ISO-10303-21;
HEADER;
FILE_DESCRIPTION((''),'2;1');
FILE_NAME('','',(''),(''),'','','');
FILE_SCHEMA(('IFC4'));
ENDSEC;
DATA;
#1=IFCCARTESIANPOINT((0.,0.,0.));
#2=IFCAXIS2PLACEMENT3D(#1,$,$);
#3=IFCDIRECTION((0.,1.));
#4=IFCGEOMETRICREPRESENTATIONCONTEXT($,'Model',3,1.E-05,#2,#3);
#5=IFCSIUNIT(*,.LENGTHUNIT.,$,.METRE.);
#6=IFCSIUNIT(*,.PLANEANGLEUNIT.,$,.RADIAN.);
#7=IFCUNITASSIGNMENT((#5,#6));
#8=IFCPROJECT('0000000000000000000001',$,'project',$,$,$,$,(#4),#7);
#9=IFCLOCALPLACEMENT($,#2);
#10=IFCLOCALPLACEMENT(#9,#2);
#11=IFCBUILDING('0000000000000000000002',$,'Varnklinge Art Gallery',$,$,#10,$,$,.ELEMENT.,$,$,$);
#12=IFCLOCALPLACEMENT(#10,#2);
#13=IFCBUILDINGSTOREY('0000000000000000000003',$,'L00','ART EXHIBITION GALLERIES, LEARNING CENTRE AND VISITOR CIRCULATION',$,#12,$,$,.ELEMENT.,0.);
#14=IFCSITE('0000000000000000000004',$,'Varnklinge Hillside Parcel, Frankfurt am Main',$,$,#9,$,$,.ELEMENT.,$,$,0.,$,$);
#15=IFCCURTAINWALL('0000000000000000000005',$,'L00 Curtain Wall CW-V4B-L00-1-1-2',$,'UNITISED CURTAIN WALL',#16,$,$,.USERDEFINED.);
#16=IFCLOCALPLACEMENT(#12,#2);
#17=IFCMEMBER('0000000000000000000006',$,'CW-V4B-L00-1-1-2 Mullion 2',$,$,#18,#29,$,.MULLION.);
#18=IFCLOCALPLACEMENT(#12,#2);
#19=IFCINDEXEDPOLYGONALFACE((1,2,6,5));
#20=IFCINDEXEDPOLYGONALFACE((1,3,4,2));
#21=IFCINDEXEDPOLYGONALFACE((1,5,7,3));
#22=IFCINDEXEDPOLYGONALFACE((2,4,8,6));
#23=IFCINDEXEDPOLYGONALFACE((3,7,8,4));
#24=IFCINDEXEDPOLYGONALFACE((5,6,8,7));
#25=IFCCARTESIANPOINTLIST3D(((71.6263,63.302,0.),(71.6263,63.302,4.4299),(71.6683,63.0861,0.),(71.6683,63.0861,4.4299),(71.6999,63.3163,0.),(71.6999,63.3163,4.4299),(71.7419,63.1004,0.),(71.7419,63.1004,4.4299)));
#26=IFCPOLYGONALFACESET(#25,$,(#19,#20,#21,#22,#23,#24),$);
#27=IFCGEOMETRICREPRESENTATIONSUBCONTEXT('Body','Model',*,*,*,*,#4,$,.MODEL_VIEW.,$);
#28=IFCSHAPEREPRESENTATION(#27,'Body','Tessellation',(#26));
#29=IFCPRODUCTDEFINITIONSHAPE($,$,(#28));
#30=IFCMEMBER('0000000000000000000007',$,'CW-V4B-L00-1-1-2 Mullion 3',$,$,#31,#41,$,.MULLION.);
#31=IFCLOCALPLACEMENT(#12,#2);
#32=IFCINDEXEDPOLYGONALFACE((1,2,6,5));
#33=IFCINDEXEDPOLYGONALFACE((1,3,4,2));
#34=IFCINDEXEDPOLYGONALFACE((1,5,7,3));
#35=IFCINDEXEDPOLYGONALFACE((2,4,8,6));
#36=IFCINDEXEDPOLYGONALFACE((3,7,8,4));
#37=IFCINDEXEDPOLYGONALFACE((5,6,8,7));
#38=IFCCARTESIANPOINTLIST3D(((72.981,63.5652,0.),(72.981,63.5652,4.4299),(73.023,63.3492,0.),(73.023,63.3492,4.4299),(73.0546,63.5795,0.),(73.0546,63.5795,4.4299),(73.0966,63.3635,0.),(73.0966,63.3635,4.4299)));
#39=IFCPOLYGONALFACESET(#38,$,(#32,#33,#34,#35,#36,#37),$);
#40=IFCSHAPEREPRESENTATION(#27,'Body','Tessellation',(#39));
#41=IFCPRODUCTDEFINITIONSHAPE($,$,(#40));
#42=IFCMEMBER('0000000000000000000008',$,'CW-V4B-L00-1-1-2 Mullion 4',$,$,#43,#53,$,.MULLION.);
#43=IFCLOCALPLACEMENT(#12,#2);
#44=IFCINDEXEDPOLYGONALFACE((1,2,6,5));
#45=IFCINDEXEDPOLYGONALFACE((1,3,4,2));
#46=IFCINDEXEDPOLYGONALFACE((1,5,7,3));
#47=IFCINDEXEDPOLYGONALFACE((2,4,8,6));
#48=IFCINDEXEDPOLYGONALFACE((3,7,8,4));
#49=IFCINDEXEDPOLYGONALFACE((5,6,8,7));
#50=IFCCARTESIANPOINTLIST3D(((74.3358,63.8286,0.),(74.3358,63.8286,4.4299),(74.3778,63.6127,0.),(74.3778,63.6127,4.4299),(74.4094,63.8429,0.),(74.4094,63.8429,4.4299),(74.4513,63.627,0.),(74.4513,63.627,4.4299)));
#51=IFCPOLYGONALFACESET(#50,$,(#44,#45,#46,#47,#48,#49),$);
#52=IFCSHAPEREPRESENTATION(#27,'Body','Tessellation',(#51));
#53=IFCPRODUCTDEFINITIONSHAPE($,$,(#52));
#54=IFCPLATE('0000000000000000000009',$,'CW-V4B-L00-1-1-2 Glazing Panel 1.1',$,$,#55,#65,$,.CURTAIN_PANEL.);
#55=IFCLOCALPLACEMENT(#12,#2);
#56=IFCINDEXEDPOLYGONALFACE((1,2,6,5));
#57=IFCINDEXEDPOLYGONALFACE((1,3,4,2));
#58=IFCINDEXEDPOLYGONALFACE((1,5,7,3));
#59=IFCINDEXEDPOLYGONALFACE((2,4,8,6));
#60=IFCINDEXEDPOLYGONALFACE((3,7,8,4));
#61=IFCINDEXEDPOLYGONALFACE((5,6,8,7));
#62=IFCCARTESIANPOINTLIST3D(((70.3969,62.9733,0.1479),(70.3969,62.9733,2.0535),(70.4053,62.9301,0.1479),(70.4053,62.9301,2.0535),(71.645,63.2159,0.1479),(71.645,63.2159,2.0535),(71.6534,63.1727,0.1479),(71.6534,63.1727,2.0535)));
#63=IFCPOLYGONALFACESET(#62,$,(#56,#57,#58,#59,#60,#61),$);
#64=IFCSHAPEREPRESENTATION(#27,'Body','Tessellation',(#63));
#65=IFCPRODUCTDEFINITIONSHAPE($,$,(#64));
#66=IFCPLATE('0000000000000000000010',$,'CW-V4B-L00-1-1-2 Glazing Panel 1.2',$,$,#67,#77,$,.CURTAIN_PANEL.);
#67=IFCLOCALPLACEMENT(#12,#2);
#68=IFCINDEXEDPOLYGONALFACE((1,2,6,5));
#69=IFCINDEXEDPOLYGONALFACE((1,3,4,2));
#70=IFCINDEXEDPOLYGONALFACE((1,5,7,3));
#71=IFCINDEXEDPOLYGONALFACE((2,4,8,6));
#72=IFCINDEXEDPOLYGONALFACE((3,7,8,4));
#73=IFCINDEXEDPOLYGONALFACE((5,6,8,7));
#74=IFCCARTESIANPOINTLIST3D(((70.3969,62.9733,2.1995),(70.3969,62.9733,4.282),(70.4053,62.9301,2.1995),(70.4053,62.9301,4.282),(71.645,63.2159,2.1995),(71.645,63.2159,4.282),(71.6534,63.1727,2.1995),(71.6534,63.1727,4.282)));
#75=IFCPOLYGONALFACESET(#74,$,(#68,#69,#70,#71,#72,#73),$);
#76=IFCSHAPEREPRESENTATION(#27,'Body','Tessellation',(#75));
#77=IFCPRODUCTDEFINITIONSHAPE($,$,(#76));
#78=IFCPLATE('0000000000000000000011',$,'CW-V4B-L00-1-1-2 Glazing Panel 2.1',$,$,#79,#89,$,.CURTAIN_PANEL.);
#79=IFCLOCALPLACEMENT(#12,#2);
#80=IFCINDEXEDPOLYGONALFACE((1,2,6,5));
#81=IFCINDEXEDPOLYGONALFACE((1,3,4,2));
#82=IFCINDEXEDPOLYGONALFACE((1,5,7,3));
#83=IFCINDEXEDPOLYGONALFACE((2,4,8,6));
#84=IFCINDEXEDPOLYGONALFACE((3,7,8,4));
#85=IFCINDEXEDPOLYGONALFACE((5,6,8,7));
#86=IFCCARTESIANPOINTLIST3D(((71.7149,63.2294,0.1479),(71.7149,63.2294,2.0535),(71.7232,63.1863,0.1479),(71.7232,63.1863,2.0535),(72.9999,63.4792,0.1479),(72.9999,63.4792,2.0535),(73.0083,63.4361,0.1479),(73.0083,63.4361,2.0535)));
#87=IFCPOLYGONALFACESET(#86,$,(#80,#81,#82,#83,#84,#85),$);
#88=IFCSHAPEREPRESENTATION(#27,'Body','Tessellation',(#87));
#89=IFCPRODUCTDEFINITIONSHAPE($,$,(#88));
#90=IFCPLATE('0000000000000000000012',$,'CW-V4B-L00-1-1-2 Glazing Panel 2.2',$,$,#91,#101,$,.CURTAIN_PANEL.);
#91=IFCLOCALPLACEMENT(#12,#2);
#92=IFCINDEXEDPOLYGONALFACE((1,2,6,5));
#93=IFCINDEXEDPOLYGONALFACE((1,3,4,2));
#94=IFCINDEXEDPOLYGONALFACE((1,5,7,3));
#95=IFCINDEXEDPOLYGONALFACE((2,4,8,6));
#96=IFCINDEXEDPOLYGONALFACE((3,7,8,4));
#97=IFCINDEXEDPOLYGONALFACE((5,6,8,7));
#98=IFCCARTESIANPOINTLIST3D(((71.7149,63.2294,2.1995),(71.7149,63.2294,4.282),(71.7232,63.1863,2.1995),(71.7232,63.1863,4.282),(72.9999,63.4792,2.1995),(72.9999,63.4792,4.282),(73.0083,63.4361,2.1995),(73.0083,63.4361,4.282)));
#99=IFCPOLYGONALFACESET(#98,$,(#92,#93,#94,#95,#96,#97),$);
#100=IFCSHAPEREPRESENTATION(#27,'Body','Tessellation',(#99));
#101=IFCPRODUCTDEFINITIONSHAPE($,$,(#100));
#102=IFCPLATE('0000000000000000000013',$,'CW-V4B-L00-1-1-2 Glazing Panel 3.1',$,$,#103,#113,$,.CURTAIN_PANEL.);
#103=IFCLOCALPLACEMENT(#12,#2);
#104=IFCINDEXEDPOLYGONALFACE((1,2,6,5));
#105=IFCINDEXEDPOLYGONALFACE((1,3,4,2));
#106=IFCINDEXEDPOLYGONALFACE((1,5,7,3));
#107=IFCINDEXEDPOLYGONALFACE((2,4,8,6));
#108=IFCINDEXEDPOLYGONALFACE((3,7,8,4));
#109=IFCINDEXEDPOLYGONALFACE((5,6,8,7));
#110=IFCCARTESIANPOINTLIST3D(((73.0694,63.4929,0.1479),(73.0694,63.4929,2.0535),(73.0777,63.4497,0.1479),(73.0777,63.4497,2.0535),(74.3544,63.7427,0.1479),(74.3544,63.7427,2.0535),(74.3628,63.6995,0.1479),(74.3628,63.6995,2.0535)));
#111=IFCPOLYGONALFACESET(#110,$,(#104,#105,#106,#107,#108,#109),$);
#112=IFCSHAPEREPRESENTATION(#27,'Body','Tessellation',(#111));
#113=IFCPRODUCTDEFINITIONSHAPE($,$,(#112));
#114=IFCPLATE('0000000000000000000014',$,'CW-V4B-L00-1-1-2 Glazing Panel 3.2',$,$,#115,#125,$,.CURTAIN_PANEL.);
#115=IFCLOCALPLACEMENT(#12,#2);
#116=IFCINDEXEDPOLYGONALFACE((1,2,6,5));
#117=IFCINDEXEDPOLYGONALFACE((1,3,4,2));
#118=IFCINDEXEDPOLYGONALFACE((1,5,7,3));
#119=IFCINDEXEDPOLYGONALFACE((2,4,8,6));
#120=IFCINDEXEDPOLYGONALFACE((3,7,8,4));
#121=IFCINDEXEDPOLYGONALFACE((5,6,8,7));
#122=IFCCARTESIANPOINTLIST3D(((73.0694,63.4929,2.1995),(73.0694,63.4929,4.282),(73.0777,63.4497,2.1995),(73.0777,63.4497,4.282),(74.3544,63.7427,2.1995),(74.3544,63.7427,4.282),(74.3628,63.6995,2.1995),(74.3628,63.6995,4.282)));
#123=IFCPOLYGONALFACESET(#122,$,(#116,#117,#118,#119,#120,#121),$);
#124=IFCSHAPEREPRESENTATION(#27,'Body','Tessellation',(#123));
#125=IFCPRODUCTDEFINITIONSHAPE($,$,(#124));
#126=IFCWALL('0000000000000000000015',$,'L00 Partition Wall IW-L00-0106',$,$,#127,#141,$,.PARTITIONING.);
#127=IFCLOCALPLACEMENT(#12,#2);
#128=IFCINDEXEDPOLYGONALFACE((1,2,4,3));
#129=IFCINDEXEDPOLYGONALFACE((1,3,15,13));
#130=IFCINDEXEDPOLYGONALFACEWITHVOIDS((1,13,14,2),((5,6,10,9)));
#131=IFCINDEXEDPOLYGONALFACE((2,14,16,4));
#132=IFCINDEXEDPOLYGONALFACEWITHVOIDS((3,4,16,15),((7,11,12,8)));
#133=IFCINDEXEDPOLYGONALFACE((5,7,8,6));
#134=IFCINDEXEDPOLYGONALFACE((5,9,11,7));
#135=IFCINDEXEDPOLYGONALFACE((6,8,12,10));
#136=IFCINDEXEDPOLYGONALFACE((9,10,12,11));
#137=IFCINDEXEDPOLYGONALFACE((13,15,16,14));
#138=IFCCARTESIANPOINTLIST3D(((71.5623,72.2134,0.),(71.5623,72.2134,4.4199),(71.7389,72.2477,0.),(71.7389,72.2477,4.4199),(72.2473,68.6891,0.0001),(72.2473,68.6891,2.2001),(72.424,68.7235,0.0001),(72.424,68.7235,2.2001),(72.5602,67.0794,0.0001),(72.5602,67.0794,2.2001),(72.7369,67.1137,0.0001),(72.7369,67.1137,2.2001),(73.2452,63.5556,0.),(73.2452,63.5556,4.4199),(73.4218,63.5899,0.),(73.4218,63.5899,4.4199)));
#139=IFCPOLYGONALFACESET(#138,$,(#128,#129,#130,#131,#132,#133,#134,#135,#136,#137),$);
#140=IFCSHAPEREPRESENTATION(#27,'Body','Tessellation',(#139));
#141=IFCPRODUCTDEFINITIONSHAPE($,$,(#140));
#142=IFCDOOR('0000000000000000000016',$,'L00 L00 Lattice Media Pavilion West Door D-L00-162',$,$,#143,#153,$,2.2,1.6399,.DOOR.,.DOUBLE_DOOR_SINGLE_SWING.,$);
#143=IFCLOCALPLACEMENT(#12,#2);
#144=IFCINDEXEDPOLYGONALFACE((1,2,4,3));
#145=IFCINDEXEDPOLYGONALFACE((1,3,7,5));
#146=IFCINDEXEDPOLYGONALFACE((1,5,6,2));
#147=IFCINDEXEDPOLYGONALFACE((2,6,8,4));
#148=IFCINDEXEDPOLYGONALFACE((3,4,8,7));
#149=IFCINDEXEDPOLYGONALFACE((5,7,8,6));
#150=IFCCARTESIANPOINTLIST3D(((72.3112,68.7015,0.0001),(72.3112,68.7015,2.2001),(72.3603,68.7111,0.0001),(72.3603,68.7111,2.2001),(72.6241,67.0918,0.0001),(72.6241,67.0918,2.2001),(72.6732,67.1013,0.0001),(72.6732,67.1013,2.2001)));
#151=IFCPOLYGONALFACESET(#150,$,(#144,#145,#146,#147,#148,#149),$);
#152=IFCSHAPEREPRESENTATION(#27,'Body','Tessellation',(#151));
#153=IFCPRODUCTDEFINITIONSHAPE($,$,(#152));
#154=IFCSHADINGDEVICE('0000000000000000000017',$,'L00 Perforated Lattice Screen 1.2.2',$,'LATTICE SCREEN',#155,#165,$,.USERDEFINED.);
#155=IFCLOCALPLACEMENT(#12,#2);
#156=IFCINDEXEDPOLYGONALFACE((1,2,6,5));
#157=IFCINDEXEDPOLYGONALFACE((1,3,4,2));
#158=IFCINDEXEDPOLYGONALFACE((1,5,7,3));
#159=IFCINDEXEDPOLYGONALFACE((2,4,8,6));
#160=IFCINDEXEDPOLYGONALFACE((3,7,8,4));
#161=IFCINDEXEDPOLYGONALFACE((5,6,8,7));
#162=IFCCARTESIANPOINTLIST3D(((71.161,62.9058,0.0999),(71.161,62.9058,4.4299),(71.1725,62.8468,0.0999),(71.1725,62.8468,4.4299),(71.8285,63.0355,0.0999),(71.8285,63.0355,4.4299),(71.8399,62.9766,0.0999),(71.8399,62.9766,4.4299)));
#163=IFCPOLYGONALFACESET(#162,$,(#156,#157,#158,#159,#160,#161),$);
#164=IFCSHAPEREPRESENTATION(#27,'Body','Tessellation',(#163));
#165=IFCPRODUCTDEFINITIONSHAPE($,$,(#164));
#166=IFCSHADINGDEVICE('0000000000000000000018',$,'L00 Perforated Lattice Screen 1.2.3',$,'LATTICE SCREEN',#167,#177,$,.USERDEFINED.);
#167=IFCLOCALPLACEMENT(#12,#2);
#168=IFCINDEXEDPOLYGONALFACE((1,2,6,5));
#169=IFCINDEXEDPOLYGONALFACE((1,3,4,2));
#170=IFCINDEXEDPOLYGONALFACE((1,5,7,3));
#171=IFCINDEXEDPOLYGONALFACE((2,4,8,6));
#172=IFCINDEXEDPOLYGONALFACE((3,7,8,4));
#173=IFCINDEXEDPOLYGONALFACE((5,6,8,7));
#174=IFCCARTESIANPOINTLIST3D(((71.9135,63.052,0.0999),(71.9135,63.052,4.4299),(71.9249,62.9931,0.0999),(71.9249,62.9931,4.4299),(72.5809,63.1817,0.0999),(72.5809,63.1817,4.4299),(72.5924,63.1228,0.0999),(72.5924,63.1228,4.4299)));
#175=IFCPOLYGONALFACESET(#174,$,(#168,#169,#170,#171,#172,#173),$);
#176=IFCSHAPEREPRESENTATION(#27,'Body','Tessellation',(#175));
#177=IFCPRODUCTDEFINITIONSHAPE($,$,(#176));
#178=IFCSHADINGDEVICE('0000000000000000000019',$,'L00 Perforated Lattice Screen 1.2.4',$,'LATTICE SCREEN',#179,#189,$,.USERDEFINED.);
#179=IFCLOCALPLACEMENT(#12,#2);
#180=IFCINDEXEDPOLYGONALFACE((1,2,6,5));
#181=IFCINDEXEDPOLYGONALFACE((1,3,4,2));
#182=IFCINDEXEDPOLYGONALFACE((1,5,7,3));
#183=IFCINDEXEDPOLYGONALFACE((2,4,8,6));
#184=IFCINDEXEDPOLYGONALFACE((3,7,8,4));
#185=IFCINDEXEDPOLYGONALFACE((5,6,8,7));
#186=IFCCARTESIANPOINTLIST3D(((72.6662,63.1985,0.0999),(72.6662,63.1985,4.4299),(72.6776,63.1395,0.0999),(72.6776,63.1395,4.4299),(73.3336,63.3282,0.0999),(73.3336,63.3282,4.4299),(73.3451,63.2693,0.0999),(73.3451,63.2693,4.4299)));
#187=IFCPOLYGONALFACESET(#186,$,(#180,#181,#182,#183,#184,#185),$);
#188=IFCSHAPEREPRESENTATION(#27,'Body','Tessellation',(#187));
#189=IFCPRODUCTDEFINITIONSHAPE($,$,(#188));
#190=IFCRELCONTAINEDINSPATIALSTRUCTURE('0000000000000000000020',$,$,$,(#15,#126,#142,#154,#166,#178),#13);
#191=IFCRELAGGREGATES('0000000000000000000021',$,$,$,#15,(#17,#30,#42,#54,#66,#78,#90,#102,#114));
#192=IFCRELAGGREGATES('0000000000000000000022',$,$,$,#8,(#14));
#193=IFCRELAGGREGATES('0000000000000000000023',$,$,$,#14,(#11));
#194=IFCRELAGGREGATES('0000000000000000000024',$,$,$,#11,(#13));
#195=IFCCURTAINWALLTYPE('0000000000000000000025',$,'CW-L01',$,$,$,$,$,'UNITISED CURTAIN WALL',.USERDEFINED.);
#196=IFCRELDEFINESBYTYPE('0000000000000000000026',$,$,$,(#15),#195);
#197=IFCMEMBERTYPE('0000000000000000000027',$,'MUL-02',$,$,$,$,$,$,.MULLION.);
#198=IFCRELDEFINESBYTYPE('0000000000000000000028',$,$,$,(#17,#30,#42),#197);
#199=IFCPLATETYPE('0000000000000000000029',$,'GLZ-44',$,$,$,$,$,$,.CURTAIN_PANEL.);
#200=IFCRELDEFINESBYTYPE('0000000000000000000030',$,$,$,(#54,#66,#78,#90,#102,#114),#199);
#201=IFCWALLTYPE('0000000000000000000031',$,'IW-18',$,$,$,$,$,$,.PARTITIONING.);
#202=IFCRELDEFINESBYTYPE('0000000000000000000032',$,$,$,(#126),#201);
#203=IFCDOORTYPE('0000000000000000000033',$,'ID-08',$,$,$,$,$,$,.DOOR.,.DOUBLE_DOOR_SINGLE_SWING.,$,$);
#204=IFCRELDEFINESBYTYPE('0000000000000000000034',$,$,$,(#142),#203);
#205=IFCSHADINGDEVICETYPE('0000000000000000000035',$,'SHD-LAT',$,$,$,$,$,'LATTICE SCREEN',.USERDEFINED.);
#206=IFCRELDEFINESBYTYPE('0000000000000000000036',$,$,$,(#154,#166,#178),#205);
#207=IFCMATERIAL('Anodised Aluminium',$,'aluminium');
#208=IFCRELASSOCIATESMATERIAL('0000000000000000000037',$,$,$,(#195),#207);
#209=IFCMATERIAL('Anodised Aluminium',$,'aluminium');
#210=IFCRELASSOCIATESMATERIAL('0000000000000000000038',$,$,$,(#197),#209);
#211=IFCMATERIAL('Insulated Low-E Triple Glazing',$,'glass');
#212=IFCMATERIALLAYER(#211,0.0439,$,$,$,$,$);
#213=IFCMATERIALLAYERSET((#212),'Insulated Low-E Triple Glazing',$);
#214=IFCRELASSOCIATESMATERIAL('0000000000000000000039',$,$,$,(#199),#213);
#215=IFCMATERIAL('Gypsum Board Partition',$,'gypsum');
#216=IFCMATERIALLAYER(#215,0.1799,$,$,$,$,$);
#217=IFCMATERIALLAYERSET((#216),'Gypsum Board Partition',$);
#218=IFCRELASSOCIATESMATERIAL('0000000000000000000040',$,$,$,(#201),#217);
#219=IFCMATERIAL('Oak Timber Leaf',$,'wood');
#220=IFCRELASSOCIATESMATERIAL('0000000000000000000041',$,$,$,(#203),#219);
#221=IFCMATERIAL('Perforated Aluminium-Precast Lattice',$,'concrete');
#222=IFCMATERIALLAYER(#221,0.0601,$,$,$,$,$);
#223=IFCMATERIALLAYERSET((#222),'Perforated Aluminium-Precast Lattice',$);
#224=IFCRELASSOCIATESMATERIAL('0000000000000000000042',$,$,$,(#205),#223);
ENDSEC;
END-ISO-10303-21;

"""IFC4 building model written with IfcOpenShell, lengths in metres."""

from ifc_helpers import new_model, si_unit, direction, frame, frame_2d, origin, origin_2d, place, context, subcontext, project, spatial, rectangle, extrude, material, layer, layer_set, material_profile, profile_set, type_object, element, fill, aggregate, save


model = new_model("IFC4")

# Units and contexts
model_context = context("Model", 3, precision=1e-05, world=origin(), true_north=direction((0.0, 1.0)))
body_context = subcontext(model_context, "Body", "Model", "MODEL_VIEW")
ifc_project = project(units=[si_unit("LENGTHUNIT", "METRE"), si_unit("PLANEANGLEUNIT", "RADIAN")], contexts=[model_context])

# Site, building, storey
site_placement = place(None, origin())
site = spatial("IfcSite", under=ifc_project, at=site_placement, Name="Varnklinge Hillside Parcel, Frankfurt am Main", CompositionType="ELEMENT", RefElevation=0.0)
building_placement = place(site_placement, origin())
building = spatial("IfcBuilding", under=site, at=building_placement, Name="Varnklinge Art Gallery", CompositionType="ELEMENT")
storey_placement = place(building_placement, origin())
storey = spatial("IfcBuildingStorey", under=building, at=storey_placement, Name="L00", Description="ART EXHIBITION GALLERIES, LEARNING CENTRE AND VISITOR CIRCULATION", CompositionType="ELEMENT", Elevation=0.0)

# Curtain wall, members, plates
ifc_material_1 = material(Name="Anodised Aluminium", Category="aluminium")
curtain_wall_type = type_object("IfcCurtainWallType", Name="CW-L01", ElementType="UNITISED CURTAIN WALL", PredefinedType="USERDEFINED", material=ifc_material_1)
curtain_wall_placement = place(storey_placement, origin())
curtain_wall = element("IfcCurtainWall", 1, at=curtain_wall_placement, inside=storey, type_object=curtain_wall_type, Name="L00 Curtain Wall CW-V4B-L00-1-1-2", ObjectType="UNITISED CURTAIN WALL", PredefinedType="USERDEFINED")
ifc_material_2 = material(Name="Anodised Aluminium", Category="aluminium")
ifc_material_profile = material_profile(ifc_material_2, rectangle(XDim=0.075, YDim=0.22, at=origin_2d()), Name="ALU 75x220")
ifc_profile_set = profile_set([ifc_material_profile], Name="Anodised Aluminium")
member_type = type_object("IfcMemberType", Name="MUL-02", PredefinedType="MULLION", material=ifc_profile_set)
member_1_placement = place(storey_placement, frame((71.6841, 63.2012, 0.0), z_axis=(0.0, 0.0, 1.0), x_axis=(0.981627, 0.190809, 0.0)))
member_1 = element("IfcMember", 2, at=member_1_placement, type_object=member_type, Name="CW-V4B-L00-1-1-2 Mullion 2", PredefinedType="MULLION", context=body_context, shape_type="SweptSolid", body=[
    extrude(rectangle(XDim=0.075, YDim=0.22, at=origin_2d()), origin(), (0.0, 0.0, 1.0), 4.4299),
])
member_2_placement = place(storey_placement, frame((73.0388, 63.4644, 0.0), z_axis=(0.0, 0.0, 1.0), x_axis=(0.981627, 0.190809, 0.0)))
member_2 = element("IfcMember", 3, at=member_2_placement, type_object=member_type, Name="CW-V4B-L00-1-1-2 Mullion 3", PredefinedType="MULLION", context=body_context, shape_type="SweptSolid", body=[
    extrude(rectangle(XDim=0.075, YDim=0.22, at=origin_2d()), origin(), (0.0, 0.0, 1.0), 4.4299),
])
member_3_placement = place(storey_placement, frame((74.3936, 63.7278, 0.0), z_axis=(0.0, 0.0, 1.0), x_axis=(0.981627, 0.190809, 0.0)))
member_3 = element("IfcMember", 4, at=member_3_placement, type_object=member_type, Name="CW-V4B-L00-1-1-2 Mullion 4", PredefinedType="MULLION", context=body_context, shape_type="SweptSolid", body=[
    extrude(rectangle(XDim=0.075, YDim=0.22, at=origin_2d()), origin(), (0.0, 0.0, 1.0), 4.4299),
])
ifc_material_3 = material(Name="Insulated Low-E Triple Glazing", Category="glass")
ifc_layer_1 = layer(ifc_material_3, 0.0439)
ifc_layer_set_1 = layer_set([ifc_layer_1], Name="Insulated Low-E Triple Glazing")
plate_type = type_object("IfcPlateType", Name="GLZ-44", PredefinedType="CURTAIN_PANEL", material=ifc_layer_set_1)
plate_1_placement = place(storey_placement, frame((71.0251, 63.073, 0.1479), z_axis=(0.0, 0.0, 1.0), x_axis=(0.981627, 0.190809, 0.0)))
plate_1 = element("IfcPlate", 5, at=plate_1_placement, type_object=plate_type, Name="CW-V4B-L00-1-1-2 Glazing Panel 1.1", PredefinedType="CURTAIN_PANEL", context=body_context, shape_type="SweptSolid", body=[
    extrude(rectangle(XDim=1.2715, YDim=0.0439, at=origin_2d()), origin(), (0.0, 0.0, 1.0), 1.9055),
])
plate_2_placement = place(storey_placement, frame((71.0251, 63.073, 2.1995), z_axis=(0.0, 0.0, 1.0), x_axis=(0.981627, 0.190809, 0.0)))
plate_2 = element("IfcPlate", 6, at=plate_2_placement, type_object=plate_type, Name="CW-V4B-L00-1-1-2 Glazing Panel 1.2", PredefinedType="CURTAIN_PANEL", context=body_context, shape_type="SweptSolid", body=[
    extrude(rectangle(XDim=1.2715, YDim=0.0439, at=origin_2d()), origin(), (0.0, 0.0, 1.0), 2.0825),
])
plate_3_placement = place(storey_placement, frame((72.3616, 63.3328, 0.1479), z_axis=(0.0, 0.0, 1.0), x_axis=(0.981627, 0.190809, 0.0)))
plate_3 = element("IfcPlate", 7, at=plate_3_placement, type_object=plate_type, Name="CW-V4B-L00-1-1-2 Glazing Panel 2.1", PredefinedType="CURTAIN_PANEL", context=body_context, shape_type="SweptSolid", body=[
    extrude(rectangle(XDim=1.3091, YDim=0.0439, at=origin_2d()), origin(), (0.0, 0.0, 1.0), 1.9055),
])
plate_4_placement = place(storey_placement, frame((72.3616, 63.3328, 2.1995), z_axis=(0.0, 0.0, 1.0), x_axis=(0.981627, 0.190809, 0.0)))
plate_4 = element("IfcPlate", 8, at=plate_4_placement, type_object=plate_type, Name="CW-V4B-L00-1-1-2 Glazing Panel 2.2", PredefinedType="CURTAIN_PANEL", context=body_context, shape_type="SweptSolid", body=[
    extrude(rectangle(XDim=1.3091, YDim=0.0439, at=origin_2d()), origin(), (0.0, 0.0, 1.0), 2.0825),
])
plate_5_placement = place(storey_placement, frame((73.7161, 63.5962, 0.1479), z_axis=(0.0, 0.0, 1.0), x_axis=(0.981627, 0.190809, 0.0)))
plate_5 = element("IfcPlate", 9, at=plate_5_placement, type_object=plate_type, Name="CW-V4B-L00-1-1-2 Glazing Panel 3.1", PredefinedType="CURTAIN_PANEL", context=body_context, shape_type="SweptSolid", body=[
    extrude(rectangle(XDim=1.3091, YDim=0.0439, at=origin_2d()), origin(), (0.0, 0.0, 1.0), 1.9055),
])
plate_6_placement = place(storey_placement, frame((73.7161, 63.5962, 2.1995), z_axis=(0.0, 0.0, 1.0), x_axis=(0.981627, 0.190809, 0.0)))
plate_6 = element("IfcPlate", 10, at=plate_6_placement, type_object=plate_type, Name="CW-V4B-L00-1-1-2 Glazing Panel 3.2", PredefinedType="CURTAIN_PANEL", context=body_context, shape_type="SweptSolid", body=[
    extrude(rectangle(XDim=1.3091, YDim=0.0439, at=origin_2d()), origin(), (0.0, 0.0, 1.0), 2.0825),
])
aggregate(curtain_wall, [member_1, member_2, member_3, plate_1, plate_2, plate_3, plate_4, plate_5, plate_6])

# Wall, opening, door
ifc_material_4 = material(Name="Gypsum Board Partition", Category="gypsum")
ifc_layer_2 = layer(ifc_material_4, 0.1799)
ifc_layer_set_2 = layer_set([ifc_layer_2], Name="Gypsum Board Partition")
wall_type = type_object("IfcWallType", Name="IW-18", PredefinedType="PARTITIONING", material=ifc_layer_set_2)
wall_placement = place(storey_placement, frame((73.3335, 63.5728, 0.0), z_axis=(0.0, 0.0, 1.0), x_axis=(-0.190806, 0.981628, 0.0)))
wall = element("IfcWall", 11, at=wall_placement, inside=storey, type_object=wall_type, Name="L00 Partition Wall IW-L00-0106", PredefinedType="PARTITIONING", context=body_context, shape_type="SweptSolid", body=[
    extrude(rectangle(XDim=8.8198, YDim=0.1799, at=frame_2d((4.4099, 0.0))), origin(), (0.0, 0.0, 1.0), 4.4199),
])
opening_placement = place(wall_placement, frame((3.5898, 0.0, 0.0)))
opening = element("IfcOpeningElement", 12, at=opening_placement, cuts=wall, PredefinedType="OPENING", context=body_context, shape_type="SweptSolid", body=[
    extrude(rectangle(XDim=1.6399, YDim=2.2, at=frame_2d((0.8198, 1.1001))), frame((0.0, 0.0999, 0.0), z_axis=(0.0, -1.0, 0.0), x_axis=(1.0, 0.0, 0.0)), (0.0, 0.0, 1.0), 0.2),
])
ifc_material_5 = material(Name="Oak Timber Leaf", Category="wood")
door_type = type_object("IfcDoorType", Name="ID-08", OperationType="DOUBLE_DOOR_SINGLE_SWING", PredefinedType="DOOR", material=ifc_material_5)
door_placement = place(opening_placement, origin())
door = element("IfcDoor", 13, at=door_placement, inside=storey, type_object=door_type, Name="L00 L00 Lattice Media Pavilion West Door D-L00-162", OperationType="DOUBLE_DOOR_SINGLE_SWING", OverallHeight=2.2, OverallWidth=1.6399, PredefinedType="DOOR", context=body_context, shape_type="SweptSolid", body=[
    extrude(rectangle(XDim=1.6399, YDim=2.2, at=frame_2d((0.8198, 1.1001))), frame((0.0, 0.0249, 0.0), z_axis=(0.0, -1.0, 0.0), x_axis=(1.0, 0.0, 0.0)), (0.0, 0.0, 1.0), 0.05),
])
fill(opening, door)

# Shading devices
ifc_material_6 = material(Name="Perforated Aluminium-Precast Lattice", Category="concrete")
ifc_layer_3 = layer(ifc_material_6, 0.0601)
ifc_layer_set_3 = layer_set([ifc_layer_3], Name="Perforated Aluminium-Precast Lattice")
shading_device_type = type_object("IfcShadingDeviceType", Name="SHD-LAT", ElementType="LATTICE SCREEN", PredefinedType="USERDEFINED", material=ifc_layer_set_3)
for number, where, z_axis, x_axis, name in (
    (14, (71.5005, 62.9412, 0.0999), (0.0, 0.0, 1.0), (0.981627, 0.190809, 0.0), "L00 Perforated Lattice Screen 1.2.2"),
    (15, (72.2529, 63.0874, 0.0999), (0.0, 0.0, 1.0), (0.981627, 0.190809, 0.0), "L00 Perforated Lattice Screen 1.2.3"),
    (16, (73.0056, 63.2339, 0.0999), (0.0, 0.0, 1.0), (0.981627, 0.190809, 0.0), "L00 Perforated Lattice Screen 1.2.4"),
):
    element("IfcShadingDevice", number, at=place(storey_placement, frame(where, z_axis=z_axis, x_axis=x_axis)), inside=storey, type_object=shading_device_type, Name=name, ObjectType="LATTICE SCREEN", PredefinedType="USERDEFINED", context=body_context, shape_type="SweptSolid", body=[
        extrude(rectangle(XDim=0.6799, YDim=0.0601, at=origin_2d()), origin(), (0.0, 0.0, 1.0), 4.3301),
    ])

save(model, "model.ifc")
